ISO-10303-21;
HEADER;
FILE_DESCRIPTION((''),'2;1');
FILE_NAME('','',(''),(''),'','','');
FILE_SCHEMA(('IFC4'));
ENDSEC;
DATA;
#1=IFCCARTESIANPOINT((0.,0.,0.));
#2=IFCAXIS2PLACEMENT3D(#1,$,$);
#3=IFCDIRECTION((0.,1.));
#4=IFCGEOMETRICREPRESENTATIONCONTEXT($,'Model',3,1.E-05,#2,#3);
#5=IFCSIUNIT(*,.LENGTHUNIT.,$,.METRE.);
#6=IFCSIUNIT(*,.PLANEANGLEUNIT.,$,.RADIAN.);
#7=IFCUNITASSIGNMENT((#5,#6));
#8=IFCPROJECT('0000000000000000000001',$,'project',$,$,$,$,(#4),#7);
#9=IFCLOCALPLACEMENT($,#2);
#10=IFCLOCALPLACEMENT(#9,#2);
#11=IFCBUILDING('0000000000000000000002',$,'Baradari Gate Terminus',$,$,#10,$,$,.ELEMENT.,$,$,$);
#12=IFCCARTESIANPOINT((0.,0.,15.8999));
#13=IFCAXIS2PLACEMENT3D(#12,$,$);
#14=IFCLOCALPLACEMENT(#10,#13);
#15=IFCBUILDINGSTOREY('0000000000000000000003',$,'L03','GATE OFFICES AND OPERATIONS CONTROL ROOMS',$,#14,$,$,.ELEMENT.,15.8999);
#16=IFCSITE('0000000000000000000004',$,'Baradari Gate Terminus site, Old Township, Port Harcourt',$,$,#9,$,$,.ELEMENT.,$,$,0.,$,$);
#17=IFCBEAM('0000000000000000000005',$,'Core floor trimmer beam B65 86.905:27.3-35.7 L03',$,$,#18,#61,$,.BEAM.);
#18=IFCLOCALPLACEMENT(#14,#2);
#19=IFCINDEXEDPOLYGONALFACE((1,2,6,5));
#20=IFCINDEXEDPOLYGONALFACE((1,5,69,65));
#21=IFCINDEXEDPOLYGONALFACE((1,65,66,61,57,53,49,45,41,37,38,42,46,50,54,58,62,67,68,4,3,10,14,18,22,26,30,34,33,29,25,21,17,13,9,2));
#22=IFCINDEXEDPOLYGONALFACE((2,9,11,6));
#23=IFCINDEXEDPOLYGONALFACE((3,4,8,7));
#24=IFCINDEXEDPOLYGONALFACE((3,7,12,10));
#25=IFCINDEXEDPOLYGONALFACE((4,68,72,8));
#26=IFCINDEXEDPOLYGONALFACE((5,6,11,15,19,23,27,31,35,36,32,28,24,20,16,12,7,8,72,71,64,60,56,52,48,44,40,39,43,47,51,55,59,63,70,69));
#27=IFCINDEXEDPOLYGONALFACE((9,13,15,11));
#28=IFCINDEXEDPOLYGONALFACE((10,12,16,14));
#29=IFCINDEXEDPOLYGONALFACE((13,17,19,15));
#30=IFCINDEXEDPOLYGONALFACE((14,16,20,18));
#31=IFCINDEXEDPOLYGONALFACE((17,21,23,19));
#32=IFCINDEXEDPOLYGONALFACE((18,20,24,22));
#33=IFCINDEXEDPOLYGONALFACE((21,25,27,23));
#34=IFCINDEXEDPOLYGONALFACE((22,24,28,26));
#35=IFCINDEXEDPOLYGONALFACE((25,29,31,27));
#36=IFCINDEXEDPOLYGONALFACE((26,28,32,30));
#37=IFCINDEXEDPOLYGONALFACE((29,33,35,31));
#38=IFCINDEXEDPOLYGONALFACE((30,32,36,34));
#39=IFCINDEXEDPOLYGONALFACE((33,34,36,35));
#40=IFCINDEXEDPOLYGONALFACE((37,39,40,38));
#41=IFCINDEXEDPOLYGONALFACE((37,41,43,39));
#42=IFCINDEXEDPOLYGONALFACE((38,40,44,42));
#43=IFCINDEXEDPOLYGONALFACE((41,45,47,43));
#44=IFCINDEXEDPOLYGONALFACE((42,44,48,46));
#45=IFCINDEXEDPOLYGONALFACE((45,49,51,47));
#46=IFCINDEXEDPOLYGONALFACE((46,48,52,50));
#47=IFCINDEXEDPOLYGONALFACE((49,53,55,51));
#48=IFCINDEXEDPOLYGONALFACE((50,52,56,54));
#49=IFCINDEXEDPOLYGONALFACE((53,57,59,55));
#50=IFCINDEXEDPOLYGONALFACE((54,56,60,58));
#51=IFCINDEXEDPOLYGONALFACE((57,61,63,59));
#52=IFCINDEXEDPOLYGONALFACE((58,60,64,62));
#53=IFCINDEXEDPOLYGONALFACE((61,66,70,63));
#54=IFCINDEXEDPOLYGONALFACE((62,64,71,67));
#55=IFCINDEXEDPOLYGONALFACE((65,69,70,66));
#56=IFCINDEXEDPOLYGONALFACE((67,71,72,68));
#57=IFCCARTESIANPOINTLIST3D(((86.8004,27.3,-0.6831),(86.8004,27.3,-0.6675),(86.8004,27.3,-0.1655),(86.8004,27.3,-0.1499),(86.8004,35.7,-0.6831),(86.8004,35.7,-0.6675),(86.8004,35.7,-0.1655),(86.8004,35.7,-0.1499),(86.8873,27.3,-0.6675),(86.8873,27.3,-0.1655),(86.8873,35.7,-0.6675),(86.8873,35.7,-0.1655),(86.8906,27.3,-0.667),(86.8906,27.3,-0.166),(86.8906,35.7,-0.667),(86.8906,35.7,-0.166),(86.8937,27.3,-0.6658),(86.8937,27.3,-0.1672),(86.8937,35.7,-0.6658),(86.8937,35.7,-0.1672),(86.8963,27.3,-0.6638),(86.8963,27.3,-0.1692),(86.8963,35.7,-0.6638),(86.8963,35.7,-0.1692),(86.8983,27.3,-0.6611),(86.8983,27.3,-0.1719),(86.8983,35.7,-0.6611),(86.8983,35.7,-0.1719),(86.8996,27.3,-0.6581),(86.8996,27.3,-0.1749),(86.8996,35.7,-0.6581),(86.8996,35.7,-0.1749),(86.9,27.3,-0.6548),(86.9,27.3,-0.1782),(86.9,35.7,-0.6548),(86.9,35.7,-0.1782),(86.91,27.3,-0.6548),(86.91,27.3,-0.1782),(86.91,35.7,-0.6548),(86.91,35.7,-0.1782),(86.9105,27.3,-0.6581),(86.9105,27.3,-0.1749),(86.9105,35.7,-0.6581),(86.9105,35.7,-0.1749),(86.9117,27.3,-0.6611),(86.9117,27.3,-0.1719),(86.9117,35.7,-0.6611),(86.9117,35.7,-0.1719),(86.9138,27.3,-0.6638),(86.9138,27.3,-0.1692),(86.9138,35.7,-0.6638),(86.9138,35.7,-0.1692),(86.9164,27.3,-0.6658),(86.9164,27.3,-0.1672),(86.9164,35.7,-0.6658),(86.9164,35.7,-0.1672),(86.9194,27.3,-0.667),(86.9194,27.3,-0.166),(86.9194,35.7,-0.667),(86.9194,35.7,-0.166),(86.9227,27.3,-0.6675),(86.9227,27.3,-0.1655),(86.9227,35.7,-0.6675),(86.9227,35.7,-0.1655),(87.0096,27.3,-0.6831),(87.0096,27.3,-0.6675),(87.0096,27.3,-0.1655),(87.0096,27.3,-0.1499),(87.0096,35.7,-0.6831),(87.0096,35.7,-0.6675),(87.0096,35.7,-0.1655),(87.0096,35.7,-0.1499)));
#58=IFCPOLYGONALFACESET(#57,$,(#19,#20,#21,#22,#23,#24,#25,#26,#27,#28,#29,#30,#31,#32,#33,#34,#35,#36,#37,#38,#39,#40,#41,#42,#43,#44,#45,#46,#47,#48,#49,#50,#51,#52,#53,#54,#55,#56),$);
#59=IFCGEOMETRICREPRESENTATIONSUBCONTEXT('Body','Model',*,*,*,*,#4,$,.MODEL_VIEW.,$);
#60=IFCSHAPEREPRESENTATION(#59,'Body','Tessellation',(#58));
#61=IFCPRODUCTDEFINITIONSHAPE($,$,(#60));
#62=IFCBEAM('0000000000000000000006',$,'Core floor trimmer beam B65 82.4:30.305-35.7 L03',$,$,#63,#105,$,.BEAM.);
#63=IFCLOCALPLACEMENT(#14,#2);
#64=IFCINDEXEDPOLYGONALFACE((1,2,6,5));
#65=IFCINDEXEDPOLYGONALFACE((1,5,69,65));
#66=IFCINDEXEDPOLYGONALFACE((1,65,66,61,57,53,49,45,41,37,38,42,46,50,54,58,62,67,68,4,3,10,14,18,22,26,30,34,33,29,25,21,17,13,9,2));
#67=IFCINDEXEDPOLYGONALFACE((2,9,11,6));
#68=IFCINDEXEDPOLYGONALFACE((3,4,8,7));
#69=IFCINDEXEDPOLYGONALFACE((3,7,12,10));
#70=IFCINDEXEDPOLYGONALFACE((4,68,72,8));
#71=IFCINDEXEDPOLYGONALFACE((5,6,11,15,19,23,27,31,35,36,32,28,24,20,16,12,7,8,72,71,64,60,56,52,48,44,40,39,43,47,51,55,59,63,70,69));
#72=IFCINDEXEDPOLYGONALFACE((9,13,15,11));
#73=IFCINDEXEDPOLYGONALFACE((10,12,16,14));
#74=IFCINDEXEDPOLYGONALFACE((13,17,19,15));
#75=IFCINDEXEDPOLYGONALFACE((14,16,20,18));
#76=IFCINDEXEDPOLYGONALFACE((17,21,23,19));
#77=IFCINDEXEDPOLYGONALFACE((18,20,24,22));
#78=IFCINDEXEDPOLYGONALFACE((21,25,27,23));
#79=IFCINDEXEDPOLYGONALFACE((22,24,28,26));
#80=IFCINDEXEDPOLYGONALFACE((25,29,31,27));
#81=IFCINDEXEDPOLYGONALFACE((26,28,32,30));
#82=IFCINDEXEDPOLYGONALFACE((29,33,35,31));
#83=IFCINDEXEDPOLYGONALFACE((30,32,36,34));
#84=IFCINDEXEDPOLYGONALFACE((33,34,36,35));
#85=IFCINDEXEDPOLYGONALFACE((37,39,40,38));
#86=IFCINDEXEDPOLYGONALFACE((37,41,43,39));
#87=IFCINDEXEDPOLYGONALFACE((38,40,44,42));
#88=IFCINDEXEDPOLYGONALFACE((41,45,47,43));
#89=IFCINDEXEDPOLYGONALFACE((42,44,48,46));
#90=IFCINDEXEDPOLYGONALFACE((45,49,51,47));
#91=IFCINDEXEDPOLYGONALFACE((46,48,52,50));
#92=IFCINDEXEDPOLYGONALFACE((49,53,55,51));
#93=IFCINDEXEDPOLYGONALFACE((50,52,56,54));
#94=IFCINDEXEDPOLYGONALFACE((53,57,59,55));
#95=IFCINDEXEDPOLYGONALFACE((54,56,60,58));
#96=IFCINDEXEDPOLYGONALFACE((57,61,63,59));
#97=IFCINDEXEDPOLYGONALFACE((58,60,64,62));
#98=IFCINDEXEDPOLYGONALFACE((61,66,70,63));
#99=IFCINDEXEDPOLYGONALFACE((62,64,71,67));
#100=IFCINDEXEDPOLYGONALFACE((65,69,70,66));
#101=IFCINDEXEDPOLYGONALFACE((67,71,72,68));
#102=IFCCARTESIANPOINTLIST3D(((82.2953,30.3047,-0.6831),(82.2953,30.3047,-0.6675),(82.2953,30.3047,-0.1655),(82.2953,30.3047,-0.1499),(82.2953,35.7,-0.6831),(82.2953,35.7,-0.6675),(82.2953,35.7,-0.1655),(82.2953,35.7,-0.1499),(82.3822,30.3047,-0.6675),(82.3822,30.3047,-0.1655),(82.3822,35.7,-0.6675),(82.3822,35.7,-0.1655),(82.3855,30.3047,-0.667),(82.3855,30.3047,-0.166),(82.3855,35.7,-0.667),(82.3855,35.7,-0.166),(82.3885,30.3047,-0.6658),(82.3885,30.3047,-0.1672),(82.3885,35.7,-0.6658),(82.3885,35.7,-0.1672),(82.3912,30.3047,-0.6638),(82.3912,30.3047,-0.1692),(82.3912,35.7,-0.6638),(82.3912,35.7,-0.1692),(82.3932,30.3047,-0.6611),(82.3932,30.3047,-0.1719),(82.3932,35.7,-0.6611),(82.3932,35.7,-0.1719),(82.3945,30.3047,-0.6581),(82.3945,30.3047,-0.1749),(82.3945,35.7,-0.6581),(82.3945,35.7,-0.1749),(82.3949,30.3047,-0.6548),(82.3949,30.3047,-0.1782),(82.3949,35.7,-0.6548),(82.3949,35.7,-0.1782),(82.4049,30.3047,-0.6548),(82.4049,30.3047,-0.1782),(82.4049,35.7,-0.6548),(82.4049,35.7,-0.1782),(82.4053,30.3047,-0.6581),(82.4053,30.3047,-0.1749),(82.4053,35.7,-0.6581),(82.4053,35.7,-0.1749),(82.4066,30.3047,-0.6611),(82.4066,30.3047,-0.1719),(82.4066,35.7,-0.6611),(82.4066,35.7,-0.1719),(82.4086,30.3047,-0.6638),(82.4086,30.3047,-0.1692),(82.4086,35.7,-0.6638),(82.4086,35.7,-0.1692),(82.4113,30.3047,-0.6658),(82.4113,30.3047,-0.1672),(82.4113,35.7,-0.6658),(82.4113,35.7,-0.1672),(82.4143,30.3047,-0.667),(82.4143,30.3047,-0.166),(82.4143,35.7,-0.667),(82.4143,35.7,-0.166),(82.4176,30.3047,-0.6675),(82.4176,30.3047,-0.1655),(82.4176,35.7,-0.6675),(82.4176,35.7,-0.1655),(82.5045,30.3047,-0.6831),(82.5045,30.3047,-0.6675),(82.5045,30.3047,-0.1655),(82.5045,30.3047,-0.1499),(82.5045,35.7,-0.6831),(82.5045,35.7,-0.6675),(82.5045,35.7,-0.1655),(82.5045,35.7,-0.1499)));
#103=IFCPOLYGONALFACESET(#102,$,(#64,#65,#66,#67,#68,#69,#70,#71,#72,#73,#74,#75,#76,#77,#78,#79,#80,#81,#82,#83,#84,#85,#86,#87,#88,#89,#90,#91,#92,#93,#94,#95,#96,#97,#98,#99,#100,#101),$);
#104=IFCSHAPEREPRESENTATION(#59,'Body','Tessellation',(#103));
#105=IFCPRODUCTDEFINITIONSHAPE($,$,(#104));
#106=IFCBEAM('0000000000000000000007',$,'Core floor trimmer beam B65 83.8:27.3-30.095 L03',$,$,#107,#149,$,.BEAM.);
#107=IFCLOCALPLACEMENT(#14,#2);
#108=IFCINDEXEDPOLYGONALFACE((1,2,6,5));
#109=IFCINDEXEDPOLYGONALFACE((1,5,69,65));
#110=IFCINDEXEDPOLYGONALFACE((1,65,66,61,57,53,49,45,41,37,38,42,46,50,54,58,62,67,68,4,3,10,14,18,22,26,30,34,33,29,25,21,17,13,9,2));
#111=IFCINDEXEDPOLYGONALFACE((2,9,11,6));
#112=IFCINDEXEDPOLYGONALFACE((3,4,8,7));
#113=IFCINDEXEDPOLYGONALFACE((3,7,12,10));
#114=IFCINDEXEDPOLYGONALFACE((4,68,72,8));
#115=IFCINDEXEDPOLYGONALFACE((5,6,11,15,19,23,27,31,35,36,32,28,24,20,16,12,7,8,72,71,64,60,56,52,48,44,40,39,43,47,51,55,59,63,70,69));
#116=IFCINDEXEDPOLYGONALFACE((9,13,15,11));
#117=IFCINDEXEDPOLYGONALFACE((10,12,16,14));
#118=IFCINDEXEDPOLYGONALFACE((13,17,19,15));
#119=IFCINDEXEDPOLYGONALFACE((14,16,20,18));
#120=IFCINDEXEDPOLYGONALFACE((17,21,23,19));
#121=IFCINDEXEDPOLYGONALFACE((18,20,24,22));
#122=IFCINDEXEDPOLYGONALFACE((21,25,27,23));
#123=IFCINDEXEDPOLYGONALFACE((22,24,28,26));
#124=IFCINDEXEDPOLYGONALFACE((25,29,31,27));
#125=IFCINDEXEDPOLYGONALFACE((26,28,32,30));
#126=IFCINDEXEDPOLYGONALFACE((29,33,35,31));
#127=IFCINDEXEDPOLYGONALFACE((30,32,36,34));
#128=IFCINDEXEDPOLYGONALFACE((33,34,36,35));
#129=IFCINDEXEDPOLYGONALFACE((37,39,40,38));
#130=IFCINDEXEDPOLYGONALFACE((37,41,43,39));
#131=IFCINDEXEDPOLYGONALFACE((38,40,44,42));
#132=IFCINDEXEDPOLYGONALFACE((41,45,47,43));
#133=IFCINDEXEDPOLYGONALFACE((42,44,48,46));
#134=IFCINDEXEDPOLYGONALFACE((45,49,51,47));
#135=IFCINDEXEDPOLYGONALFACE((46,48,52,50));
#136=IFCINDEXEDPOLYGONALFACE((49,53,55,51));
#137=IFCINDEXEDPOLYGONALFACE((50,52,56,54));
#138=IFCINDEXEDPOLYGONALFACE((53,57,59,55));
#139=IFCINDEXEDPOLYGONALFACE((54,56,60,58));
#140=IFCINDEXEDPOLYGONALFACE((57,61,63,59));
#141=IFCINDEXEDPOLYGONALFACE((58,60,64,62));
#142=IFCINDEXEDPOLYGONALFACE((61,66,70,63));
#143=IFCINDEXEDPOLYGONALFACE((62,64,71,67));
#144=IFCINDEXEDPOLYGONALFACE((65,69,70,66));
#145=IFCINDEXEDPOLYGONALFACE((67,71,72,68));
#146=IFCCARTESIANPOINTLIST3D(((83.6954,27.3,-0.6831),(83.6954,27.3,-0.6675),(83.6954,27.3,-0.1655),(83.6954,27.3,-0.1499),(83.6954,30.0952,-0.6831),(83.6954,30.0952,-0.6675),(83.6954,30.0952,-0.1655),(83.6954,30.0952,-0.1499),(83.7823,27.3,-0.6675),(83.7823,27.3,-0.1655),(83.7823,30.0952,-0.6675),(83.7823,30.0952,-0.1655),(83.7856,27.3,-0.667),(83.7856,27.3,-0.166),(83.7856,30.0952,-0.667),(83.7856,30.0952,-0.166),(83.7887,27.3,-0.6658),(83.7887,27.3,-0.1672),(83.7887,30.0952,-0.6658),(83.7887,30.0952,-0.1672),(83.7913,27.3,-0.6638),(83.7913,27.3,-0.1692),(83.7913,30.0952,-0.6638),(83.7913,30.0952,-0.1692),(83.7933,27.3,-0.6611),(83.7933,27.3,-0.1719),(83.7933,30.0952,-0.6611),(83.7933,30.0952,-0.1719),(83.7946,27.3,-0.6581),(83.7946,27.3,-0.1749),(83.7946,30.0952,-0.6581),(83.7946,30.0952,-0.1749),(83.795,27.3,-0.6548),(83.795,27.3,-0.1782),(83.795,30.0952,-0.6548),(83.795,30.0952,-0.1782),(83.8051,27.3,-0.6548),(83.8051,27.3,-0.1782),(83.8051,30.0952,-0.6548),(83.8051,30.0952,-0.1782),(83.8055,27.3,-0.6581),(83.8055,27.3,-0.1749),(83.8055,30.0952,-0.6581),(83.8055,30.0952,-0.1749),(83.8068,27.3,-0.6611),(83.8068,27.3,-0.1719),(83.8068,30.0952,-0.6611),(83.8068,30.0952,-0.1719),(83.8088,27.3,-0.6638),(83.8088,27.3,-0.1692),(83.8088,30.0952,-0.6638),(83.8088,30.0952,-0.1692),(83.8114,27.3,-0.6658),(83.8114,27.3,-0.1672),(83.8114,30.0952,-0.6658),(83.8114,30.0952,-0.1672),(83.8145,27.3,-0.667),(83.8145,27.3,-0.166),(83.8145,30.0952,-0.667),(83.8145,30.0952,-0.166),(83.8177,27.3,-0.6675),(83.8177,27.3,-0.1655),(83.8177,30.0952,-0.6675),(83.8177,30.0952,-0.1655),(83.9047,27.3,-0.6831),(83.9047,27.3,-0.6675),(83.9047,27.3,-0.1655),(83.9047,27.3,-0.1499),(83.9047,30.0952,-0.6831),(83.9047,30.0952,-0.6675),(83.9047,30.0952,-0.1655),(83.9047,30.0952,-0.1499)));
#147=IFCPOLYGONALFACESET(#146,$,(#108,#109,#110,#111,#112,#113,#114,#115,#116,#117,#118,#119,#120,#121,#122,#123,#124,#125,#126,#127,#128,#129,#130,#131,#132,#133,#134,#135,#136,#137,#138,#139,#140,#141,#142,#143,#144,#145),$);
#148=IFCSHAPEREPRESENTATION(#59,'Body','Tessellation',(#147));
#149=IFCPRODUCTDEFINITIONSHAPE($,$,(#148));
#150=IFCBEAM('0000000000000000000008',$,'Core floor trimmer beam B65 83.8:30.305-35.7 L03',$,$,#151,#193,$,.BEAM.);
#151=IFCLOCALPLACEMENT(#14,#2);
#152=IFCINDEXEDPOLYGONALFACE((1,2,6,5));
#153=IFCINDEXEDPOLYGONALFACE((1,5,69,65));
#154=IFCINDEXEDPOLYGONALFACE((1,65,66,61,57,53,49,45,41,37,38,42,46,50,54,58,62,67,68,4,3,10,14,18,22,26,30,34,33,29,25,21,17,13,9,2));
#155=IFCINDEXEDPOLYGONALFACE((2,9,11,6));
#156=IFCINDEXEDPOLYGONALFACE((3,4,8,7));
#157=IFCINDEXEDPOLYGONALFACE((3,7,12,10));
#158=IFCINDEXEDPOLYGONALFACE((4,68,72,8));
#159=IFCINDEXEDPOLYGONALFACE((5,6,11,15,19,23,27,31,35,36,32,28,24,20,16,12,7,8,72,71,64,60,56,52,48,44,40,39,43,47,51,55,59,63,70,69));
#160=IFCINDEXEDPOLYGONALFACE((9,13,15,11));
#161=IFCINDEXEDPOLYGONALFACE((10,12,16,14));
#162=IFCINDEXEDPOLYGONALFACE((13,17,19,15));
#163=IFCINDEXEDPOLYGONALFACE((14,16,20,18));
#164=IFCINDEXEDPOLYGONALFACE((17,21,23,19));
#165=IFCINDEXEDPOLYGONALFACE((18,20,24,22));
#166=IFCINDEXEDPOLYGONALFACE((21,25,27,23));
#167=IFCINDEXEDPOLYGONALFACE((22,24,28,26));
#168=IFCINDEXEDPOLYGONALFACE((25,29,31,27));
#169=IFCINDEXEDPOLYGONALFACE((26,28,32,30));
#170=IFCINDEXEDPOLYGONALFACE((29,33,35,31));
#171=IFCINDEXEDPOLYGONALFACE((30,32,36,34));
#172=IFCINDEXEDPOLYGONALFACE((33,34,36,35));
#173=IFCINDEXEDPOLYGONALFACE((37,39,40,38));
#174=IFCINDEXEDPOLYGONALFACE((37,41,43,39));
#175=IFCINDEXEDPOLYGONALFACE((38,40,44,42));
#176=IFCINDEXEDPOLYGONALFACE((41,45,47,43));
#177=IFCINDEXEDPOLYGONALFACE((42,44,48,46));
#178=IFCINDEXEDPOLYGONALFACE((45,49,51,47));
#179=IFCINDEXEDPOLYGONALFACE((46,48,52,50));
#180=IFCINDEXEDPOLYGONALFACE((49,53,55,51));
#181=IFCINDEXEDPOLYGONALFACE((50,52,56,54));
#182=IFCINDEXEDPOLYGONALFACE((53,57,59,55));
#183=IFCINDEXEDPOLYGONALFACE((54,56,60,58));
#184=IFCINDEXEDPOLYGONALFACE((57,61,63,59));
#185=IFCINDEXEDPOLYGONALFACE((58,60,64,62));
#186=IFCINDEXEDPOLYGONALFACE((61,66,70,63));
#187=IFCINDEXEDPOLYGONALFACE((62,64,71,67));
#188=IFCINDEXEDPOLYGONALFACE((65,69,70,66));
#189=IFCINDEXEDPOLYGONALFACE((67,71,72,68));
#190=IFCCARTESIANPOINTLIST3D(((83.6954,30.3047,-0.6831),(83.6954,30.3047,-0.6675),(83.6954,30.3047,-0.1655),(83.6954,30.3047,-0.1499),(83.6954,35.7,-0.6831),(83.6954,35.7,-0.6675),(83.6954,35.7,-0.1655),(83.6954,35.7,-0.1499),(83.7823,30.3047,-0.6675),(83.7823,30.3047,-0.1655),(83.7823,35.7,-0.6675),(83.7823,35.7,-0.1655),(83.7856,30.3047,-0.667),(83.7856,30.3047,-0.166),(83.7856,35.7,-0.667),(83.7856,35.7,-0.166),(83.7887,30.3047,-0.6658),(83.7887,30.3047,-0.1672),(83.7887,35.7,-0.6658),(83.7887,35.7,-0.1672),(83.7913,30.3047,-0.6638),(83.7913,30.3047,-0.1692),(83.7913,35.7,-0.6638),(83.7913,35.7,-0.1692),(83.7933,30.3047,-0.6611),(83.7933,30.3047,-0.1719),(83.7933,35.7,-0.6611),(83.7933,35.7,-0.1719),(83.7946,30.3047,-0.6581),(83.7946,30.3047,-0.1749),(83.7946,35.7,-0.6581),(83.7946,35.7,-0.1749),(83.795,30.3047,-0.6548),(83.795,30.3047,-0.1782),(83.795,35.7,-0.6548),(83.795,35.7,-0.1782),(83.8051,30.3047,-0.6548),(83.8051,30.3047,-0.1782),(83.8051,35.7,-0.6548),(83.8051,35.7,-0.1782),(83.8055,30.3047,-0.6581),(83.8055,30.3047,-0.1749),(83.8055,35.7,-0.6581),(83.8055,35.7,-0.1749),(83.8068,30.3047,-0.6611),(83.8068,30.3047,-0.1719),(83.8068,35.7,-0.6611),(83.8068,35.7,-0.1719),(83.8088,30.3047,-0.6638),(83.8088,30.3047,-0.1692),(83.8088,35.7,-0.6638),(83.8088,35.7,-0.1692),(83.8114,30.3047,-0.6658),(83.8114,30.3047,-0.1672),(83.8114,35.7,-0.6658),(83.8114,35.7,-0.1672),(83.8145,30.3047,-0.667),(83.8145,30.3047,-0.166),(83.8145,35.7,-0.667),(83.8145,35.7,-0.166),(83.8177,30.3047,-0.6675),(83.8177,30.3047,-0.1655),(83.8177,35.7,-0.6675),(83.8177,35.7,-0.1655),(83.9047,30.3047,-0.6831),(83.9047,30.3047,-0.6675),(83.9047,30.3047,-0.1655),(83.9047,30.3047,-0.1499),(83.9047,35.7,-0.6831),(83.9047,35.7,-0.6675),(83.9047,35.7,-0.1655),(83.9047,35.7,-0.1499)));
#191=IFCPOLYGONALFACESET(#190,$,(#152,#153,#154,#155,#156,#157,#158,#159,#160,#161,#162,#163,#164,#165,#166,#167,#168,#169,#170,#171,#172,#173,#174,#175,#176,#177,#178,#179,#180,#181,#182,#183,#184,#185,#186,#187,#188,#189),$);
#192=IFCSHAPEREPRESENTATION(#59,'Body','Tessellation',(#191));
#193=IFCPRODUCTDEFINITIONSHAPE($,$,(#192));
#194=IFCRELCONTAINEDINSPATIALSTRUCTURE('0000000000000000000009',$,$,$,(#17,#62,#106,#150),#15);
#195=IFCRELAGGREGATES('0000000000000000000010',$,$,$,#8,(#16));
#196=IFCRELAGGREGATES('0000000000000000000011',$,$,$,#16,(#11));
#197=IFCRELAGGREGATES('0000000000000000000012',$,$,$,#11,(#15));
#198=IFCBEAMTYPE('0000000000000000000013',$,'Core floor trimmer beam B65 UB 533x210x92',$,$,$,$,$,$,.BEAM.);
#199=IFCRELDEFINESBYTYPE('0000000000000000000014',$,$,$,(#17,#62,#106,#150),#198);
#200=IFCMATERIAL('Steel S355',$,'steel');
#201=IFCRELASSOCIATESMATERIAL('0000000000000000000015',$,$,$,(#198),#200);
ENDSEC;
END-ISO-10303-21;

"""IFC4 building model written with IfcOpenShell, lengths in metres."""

from ifc_helpers import new_model, si_unit, direction, frame, origin, origin_2d, place, context, subcontext, project, spatial, i_section, extrude, material, material_profile, profile_set, type_object, element, save


model = new_model("IFC4")

# Units and contexts
model_context = context("Model", 3, precision=1e-05, world=origin(), true_north=direction((0.0, 1.0)))
body_context = subcontext(model_context, "Body", "Model", "MODEL_VIEW")
ifc_project = project(units=[si_unit("LENGTHUNIT", "METRE"), si_unit("PLANEANGLEUNIT", "RADIAN")], contexts=[model_context])

# Site, building, storey
site_placement = place(None, origin())
site = spatial("IfcSite", under=ifc_project, at=site_placement, Name="Baradari Gate Terminus site, Old Township, Port Harcourt", CompositionType="ELEMENT", RefElevation=0.0)
building_placement = place(site_placement, origin())
building = spatial("IfcBuilding", under=site, at=building_placement, Name="Baradari Gate Terminus", CompositionType="ELEMENT")
storey_placement = place(building_placement, frame((0.0, 0.0, 15.8999)))
storey = spatial("IfcBuildingStorey", under=building, at=storey_placement, Name="L03", Description="GATE OFFICES AND OPERATIONS CONTROL ROOMS", CompositionType="ELEMENT", Elevation=15.8999)

# Beams
ifc_material_1 = material(Name="Steel S355", Category="steel")
ifc_material_profile = material_profile(ifc_material_1, i_section(OverallWidth=0.2092, OverallDepth=0.5332, WebThickness=0.01, FlangeThickness=0.0156, FilletRadius=0.0127, at=origin_2d()), Name="UB 533x210x92")
ifc_profile_set = profile_set([ifc_material_profile], Name="Steel S355")
beam_type = type_object("IfcBeamType", Name="Core floor trimmer beam B65 UB 533x210x92", PredefinedType="BEAM", material=ifc_profile_set)
beam_1_placement = place(storey_placement, frame((86.905, 27.3, -0.4165), z_axis=(0.0, 1.0, 0.0), x_axis=(-1.0, 0.0, 0.0)))
element("IfcBeam", 1, at=beam_1_placement, inside=storey, type_object=beam_type, Name="Core floor trimmer beam B65 86.905:27.3-35.7 L03", PredefinedType="BEAM", context=body_context, shape_type="SweptSolid", body=[
    extrude(i_section(OverallWidth=0.2092, OverallDepth=0.5332, WebThickness=0.01, FlangeThickness=0.0156, FilletRadius=0.0127, at=origin_2d()), origin(), (0.0, 0.0, 1.0), 8.3999),
])
beam_2_placement = place(storey_placement, frame((82.3999, 30.3047, -0.4165), z_axis=(0.0, 1.0, 0.0), x_axis=(-1.0, 0.0, 0.0)))
element("IfcBeam", 2, at=beam_2_placement, inside=storey, type_object=beam_type, Name="Core floor trimmer beam B65 82.4:30.305-35.7 L03", PredefinedType="BEAM", context=body_context, shape_type="SweptSolid", body=[
    extrude(i_section(OverallWidth=0.2092, OverallDepth=0.5332, WebThickness=0.01, FlangeThickness=0.0156, FilletRadius=0.0127, at=origin_2d()), origin(), (0.0, 0.0, 1.0), 5.3953),
])
beam_3_placement = place(storey_placement, frame((83.8, 27.3, -0.4165), z_axis=(0.0, 1.0, 0.0), x_axis=(-1.0, 0.0, 0.0)))
element("IfcBeam", 3, at=beam_3_placement, inside=storey, type_object=beam_type, Name="Core floor trimmer beam B65 83.8:27.3-30.095 L03", PredefinedType="BEAM", context=body_context, shape_type="SweptSolid", body=[
    extrude(i_section(OverallWidth=0.2092, OverallDepth=0.5332, WebThickness=0.01, FlangeThickness=0.0156, FilletRadius=0.0127, at=origin_2d()), origin(), (0.0, 0.0, 1.0), 2.7952),
])
beam_4_placement = place(storey_placement, frame((83.8, 30.3047, -0.4165), z_axis=(0.0, 1.0, 0.0), x_axis=(-1.0, 0.0, 0.0)))
element("IfcBeam", 4, at=beam_4_placement, inside=storey, type_object=beam_type, Name="Core floor trimmer beam B65 83.8:30.305-35.7 L03", PredefinedType="BEAM", context=body_context, shape_type="SweptSolid", body=[
    extrude(i_section(OverallWidth=0.2092, OverallDepth=0.5332, WebThickness=0.01, FlangeThickness=0.0156, FilletRadius=0.0127, at=origin_2d()), origin(), (0.0, 0.0, 1.0), 5.3953),
])

save(model, "model.ifc")
